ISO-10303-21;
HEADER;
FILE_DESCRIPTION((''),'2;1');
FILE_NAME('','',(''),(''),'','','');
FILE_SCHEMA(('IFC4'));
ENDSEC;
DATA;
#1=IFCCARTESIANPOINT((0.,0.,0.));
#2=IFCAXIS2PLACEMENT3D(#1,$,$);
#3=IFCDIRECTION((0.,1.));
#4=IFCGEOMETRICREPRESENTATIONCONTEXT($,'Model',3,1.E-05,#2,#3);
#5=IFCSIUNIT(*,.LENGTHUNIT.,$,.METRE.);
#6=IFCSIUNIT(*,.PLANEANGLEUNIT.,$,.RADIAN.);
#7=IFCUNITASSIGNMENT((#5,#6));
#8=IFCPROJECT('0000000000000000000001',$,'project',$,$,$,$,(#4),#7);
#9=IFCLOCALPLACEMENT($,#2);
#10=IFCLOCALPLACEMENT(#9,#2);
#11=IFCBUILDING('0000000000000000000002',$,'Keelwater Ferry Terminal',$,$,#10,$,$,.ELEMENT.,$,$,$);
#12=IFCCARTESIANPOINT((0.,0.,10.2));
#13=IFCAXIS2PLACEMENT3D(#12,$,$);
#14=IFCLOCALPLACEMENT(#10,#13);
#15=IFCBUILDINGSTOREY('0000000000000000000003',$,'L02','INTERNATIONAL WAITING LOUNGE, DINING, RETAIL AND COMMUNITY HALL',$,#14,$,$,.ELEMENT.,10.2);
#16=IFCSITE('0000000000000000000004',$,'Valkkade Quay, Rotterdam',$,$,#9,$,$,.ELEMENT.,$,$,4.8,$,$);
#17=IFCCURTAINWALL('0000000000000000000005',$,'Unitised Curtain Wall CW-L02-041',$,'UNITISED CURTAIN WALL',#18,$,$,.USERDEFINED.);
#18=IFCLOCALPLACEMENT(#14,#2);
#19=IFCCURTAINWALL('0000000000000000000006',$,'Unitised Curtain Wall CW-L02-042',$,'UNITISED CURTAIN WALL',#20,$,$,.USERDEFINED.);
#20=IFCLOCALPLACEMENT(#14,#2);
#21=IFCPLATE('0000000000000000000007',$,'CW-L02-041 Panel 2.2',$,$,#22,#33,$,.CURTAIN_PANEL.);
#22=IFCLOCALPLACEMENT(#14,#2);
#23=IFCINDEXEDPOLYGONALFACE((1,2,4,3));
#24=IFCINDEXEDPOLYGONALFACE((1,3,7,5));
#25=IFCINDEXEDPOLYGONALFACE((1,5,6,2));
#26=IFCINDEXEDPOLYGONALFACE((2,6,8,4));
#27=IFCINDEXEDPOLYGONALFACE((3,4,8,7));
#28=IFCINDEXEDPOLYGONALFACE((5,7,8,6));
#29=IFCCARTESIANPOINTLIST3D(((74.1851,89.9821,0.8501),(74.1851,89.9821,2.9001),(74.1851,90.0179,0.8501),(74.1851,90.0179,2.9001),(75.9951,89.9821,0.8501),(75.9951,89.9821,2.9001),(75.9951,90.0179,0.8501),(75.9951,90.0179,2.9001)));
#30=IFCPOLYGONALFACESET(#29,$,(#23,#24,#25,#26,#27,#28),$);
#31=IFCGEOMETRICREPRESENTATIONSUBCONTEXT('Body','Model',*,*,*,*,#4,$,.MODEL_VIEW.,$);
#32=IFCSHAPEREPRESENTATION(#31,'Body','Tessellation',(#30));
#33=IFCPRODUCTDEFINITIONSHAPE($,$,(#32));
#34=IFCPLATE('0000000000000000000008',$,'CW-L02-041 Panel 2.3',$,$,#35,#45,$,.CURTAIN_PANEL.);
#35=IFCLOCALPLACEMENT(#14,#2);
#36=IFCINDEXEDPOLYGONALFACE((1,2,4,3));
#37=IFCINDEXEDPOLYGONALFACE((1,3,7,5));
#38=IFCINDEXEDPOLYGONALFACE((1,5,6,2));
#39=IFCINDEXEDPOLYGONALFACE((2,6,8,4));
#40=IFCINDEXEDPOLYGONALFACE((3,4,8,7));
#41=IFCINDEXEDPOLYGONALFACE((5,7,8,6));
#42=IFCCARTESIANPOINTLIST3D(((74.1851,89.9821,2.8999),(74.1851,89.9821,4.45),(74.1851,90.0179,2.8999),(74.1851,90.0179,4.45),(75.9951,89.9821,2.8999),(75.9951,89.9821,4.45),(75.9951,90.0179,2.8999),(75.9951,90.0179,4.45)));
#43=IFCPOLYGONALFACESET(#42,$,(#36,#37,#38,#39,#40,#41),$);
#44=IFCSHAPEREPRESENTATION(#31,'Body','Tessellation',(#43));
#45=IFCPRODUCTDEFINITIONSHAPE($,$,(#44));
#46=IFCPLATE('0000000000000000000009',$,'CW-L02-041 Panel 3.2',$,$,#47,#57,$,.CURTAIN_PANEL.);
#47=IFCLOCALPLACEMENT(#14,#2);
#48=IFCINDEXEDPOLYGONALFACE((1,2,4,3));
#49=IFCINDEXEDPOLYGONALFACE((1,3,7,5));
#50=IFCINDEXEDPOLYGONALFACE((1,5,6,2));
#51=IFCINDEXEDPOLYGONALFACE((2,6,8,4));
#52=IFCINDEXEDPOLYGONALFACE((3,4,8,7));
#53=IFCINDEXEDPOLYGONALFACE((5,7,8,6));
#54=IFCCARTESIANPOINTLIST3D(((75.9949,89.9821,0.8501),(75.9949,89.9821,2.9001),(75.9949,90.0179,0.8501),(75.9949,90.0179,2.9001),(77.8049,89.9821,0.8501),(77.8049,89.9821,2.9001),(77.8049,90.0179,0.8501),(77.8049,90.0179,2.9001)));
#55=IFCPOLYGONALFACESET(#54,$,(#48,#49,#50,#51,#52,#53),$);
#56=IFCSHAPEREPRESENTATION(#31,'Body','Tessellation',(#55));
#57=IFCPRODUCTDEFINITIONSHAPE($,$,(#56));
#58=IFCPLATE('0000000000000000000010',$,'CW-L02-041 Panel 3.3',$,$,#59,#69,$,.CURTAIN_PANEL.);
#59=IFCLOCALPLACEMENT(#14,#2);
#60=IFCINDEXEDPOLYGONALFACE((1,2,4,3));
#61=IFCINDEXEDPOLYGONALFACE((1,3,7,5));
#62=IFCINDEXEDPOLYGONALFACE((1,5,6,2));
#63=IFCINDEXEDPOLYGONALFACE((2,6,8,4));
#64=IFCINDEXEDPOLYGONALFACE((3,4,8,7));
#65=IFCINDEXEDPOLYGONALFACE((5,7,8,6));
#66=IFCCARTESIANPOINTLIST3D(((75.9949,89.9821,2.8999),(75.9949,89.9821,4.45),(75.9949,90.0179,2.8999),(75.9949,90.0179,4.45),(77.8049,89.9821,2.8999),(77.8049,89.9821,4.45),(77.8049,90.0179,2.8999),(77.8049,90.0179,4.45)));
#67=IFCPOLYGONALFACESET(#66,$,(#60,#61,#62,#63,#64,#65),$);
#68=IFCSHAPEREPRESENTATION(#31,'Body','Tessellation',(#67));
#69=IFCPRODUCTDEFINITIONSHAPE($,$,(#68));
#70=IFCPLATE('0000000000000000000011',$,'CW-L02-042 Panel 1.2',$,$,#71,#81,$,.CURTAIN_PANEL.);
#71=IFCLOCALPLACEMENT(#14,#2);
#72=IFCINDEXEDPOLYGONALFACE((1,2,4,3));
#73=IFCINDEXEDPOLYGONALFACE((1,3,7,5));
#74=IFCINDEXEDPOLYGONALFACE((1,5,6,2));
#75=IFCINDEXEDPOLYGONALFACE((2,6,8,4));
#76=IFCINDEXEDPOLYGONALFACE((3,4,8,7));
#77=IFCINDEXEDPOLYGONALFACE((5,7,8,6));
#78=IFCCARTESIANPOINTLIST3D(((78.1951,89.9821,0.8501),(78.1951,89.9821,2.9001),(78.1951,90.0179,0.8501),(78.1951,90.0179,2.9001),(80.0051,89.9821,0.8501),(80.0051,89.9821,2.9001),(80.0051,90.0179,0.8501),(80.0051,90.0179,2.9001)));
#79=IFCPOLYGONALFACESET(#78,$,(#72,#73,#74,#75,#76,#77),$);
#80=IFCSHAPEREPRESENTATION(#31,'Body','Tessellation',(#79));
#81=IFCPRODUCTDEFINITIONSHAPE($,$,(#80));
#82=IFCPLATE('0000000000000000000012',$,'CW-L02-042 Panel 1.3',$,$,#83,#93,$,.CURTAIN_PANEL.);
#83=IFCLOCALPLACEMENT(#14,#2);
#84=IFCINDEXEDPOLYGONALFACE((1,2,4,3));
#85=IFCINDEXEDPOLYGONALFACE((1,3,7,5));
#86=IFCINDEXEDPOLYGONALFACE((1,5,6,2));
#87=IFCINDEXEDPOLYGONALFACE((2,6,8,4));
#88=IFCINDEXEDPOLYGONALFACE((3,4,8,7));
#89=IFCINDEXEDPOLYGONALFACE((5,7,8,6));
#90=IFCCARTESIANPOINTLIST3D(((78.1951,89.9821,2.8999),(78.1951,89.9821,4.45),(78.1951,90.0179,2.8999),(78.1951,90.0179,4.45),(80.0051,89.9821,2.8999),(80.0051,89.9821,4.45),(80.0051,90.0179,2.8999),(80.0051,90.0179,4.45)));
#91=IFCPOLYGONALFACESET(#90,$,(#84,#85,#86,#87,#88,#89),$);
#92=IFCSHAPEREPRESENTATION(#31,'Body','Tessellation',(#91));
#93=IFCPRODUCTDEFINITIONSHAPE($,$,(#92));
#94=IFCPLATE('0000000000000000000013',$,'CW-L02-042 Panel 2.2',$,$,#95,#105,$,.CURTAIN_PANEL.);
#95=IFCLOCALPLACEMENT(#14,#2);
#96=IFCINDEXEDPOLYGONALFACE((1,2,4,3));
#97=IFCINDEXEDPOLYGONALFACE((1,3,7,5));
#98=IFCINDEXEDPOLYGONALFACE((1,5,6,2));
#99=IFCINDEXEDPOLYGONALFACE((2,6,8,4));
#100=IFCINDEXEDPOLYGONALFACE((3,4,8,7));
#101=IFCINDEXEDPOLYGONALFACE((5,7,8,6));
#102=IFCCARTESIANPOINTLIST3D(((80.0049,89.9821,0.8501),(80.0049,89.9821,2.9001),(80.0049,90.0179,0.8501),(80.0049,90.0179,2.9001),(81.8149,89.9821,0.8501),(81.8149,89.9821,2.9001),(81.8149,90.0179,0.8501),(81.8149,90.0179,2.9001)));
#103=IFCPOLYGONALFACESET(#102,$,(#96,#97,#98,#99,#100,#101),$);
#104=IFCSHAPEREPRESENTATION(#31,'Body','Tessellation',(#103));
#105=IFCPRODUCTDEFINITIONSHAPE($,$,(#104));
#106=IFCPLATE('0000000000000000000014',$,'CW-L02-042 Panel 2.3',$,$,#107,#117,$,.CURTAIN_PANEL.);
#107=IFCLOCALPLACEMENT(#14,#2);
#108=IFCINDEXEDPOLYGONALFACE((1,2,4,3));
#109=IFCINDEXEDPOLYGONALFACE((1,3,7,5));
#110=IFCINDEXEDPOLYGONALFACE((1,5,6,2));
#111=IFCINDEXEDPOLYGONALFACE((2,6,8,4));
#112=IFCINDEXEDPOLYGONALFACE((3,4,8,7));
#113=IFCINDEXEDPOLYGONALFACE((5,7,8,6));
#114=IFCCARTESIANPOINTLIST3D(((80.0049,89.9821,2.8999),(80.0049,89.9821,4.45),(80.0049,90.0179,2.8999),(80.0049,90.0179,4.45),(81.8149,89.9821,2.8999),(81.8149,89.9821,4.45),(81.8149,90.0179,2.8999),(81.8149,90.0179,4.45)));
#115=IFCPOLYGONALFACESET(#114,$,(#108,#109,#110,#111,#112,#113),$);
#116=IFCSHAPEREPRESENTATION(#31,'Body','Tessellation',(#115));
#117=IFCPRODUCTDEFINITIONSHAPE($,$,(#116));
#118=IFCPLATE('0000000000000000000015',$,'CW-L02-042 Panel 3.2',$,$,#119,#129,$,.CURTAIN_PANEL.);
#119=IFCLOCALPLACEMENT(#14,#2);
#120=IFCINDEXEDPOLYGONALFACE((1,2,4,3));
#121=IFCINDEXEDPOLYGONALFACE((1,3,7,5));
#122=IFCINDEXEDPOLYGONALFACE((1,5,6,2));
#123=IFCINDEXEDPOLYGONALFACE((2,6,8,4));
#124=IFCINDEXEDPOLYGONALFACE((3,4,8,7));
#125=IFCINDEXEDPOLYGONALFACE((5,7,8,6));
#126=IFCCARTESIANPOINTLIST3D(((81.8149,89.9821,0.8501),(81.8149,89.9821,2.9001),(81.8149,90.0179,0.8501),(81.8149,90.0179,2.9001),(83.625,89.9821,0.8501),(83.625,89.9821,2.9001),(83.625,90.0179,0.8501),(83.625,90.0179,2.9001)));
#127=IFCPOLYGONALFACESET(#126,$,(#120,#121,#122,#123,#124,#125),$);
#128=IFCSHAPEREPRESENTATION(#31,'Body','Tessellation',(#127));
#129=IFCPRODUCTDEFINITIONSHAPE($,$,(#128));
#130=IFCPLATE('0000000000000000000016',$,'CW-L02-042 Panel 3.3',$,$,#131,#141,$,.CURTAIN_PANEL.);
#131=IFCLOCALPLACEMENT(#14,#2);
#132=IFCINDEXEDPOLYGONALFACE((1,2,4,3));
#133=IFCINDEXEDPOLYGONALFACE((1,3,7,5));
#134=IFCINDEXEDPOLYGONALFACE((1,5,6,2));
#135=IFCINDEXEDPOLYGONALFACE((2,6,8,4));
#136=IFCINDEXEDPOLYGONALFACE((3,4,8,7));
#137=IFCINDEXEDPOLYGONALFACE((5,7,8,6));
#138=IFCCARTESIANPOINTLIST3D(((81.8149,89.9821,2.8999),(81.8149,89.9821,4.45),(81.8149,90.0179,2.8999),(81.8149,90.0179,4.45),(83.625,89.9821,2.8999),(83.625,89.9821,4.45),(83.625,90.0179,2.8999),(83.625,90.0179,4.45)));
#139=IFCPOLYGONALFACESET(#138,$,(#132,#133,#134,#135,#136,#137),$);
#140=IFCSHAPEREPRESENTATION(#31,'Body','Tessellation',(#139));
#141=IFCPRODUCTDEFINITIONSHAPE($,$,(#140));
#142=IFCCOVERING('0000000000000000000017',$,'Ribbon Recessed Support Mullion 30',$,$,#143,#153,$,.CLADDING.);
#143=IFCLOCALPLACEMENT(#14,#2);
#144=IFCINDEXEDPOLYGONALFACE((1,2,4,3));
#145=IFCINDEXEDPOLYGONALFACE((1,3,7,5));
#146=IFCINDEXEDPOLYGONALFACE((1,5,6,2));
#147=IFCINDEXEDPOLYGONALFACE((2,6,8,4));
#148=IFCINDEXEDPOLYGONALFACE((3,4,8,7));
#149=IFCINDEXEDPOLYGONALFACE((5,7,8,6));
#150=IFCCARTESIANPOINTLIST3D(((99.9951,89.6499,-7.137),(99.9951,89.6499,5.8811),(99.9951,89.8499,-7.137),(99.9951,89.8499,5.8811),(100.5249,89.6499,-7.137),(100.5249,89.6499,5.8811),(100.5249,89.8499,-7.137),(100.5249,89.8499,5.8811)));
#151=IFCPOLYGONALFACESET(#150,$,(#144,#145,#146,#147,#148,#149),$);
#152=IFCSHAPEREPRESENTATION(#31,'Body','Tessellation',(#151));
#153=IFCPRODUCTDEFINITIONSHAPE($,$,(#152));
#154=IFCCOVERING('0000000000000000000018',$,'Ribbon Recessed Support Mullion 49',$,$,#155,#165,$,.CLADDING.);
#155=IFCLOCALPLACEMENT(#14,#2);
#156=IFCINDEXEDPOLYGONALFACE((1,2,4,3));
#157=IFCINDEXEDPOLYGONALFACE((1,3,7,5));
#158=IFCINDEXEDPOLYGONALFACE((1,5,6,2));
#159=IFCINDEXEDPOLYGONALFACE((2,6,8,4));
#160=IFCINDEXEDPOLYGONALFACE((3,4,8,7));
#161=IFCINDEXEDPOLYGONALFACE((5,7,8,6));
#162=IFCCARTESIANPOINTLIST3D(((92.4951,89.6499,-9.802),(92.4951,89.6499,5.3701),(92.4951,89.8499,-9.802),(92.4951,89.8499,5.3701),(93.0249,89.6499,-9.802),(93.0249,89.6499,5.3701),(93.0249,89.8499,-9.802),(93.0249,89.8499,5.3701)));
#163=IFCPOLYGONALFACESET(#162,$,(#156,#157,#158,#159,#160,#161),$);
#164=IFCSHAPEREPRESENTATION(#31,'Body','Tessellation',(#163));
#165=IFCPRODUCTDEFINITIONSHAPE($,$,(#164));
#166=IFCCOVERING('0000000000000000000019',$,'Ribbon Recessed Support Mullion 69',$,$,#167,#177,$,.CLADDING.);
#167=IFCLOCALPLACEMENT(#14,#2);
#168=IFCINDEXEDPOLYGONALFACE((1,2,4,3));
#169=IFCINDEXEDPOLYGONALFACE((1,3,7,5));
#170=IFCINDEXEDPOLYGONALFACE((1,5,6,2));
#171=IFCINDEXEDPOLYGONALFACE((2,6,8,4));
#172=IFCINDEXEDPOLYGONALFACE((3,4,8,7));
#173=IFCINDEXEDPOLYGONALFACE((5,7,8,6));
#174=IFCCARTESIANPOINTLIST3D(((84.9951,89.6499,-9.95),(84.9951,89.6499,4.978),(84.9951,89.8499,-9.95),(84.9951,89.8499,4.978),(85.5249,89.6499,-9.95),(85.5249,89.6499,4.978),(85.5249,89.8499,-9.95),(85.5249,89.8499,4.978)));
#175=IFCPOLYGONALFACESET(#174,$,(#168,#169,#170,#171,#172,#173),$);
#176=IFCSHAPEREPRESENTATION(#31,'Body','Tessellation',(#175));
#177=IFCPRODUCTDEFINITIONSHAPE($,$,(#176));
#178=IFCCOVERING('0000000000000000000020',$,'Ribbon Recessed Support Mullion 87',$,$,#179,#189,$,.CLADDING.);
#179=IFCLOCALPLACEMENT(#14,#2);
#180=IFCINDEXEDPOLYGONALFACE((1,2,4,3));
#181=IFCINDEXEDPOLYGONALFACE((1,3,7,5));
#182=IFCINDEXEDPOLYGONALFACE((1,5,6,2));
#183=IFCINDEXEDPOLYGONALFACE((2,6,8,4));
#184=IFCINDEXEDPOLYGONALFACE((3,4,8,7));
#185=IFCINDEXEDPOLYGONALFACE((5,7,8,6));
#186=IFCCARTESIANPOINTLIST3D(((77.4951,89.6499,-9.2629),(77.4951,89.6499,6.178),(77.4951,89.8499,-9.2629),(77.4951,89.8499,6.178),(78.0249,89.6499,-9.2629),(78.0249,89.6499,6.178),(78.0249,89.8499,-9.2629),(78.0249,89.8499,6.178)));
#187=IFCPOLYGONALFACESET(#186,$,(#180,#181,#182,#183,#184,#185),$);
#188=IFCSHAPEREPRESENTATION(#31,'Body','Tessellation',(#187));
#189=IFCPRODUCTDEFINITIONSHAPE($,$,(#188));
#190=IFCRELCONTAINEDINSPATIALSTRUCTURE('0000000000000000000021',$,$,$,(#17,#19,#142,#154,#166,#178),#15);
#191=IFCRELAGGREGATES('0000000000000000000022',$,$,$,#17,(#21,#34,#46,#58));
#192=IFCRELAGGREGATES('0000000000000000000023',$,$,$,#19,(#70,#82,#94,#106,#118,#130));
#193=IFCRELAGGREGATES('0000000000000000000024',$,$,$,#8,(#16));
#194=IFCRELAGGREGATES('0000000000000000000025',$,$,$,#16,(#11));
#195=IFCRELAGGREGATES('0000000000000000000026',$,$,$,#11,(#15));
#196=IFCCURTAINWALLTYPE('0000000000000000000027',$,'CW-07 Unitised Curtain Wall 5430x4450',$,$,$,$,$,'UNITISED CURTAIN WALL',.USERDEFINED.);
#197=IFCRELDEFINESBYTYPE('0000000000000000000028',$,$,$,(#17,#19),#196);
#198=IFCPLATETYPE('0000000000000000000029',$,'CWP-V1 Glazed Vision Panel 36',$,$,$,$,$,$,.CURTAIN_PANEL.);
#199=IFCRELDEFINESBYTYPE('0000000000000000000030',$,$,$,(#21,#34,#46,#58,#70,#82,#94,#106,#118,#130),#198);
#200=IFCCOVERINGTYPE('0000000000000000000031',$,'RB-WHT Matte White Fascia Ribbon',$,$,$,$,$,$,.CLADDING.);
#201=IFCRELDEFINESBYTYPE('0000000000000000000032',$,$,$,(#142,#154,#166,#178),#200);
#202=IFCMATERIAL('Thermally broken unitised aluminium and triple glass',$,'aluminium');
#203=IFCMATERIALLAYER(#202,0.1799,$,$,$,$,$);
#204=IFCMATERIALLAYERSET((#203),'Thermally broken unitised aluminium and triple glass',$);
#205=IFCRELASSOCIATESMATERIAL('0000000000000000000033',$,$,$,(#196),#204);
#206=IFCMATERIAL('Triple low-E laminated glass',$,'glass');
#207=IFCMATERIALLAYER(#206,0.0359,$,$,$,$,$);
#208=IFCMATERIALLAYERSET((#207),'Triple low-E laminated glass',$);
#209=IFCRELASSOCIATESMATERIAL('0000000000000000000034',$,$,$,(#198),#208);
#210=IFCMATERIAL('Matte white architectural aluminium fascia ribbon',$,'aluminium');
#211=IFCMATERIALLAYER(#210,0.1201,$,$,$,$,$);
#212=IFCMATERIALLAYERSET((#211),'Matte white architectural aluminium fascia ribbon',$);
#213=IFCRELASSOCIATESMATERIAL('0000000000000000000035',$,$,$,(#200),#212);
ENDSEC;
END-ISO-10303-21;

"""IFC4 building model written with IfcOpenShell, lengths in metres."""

from ifc_helpers import new_model, si_unit, direction, frame, origin, origin_2d, place, context, subcontext, project, spatial, polyline, rectangle, outline, extrude, material, layer, layer_set, type_object, element, aggregate, save


model = new_model("IFC4")

# Units and contexts
model_context = context("Model", 3, precision=1e-05, world=origin(), true_north=direction((0.0, 1.0)))
body_context = subcontext(model_context, "Body", "Model", "MODEL_VIEW")
ifc_project = project(units=[si_unit("LENGTHUNIT", "METRE"), si_unit("PLANEANGLEUNIT", "RADIAN")], contexts=[model_context])

# Site, building, storey
site_placement = place(None, origin())
site = spatial("IfcSite", under=ifc_project, at=site_placement, Name="Valkkade Quay, Rotterdam", CompositionType="ELEMENT", RefElevation=4.8)
building_placement = place(site_placement, origin())
building = spatial("IfcBuilding", under=site, at=building_placement, Name="Keelwater Ferry Terminal", CompositionType="ELEMENT")
storey_placement = place(building_placement, frame((0.0, 0.0, 10.2)))
storey = spatial("IfcBuildingStorey", under=building, at=storey_placement, Name="L02", Description="INTERNATIONAL WAITING LOUNGE, DINING, RETAIL AND COMMUNITY HALL", CompositionType="ELEMENT", Elevation=10.2)

# Curtain walls
ifc_material_1 = material(Name="Thermally broken unitised aluminium and triple glass", Category="aluminium")
ifc_layer_1 = layer(ifc_material_1, 0.1799)
ifc_layer_set_1 = layer_set([ifc_layer_1], Name="Thermally broken unitised aluminium and triple glass")
curtain_wall_type = type_object("IfcCurtainWallType", Name="CW-07 Unitised Curtain Wall 5430x4450", ElementType="UNITISED CURTAIN WALL", PredefinedType="USERDEFINED", material=ifc_layer_set_1)
curtain_wall_1_placement = place(storey_placement, origin())
curtain_wall_1 = element("IfcCurtainWall", 1, at=curtain_wall_1_placement, inside=storey, type_object=curtain_wall_type, Name="Unitised Curtain Wall CW-L02-041", ObjectType="UNITISED CURTAIN WALL", PredefinedType="USERDEFINED")
curtain_wall_2_placement = place(storey_placement, origin())
curtain_wall_2 = element("IfcCurtainWall", 2, at=curtain_wall_2_placement, inside=storey, type_object=curtain_wall_type, Name="Unitised Curtain Wall CW-L02-042", ObjectType="UNITISED CURTAIN WALL", PredefinedType="USERDEFINED")

# Plates
ifc_material_2 = material(Name="Triple low-E laminated glass", Category="glass")
ifc_layer_2 = layer(ifc_material_2, 0.0359)
ifc_layer_set_2 = layer_set([ifc_layer_2], Name="Triple low-E laminated glass")
plate_type_1 = type_object("IfcPlateType", Name="CWP-V1 Glazed Vision Panel 36", PredefinedType="CURTAIN_PANEL", material=ifc_layer_set_2)
plate_1_placement = place(storey_placement, frame((75.0901, 90.0, 0.8501), z_axis=(0.0, 0.0, 1.0), x_axis=(1.0, 0.0, 0.0)))
plate_1 = element("IfcPlate", 3, at=plate_1_placement, type_object=plate_type_1, Name="CW-L02-041 Panel 2.2", PredefinedType="CURTAIN_PANEL", context=body_context, shape_type="SweptSolid", body=[
    extrude(rectangle(XDim=1.8101, YDim=0.0359, at=origin_2d()), origin(), (0.0, 0.0, 1.0), 2.05),
])
plate_2_placement = place(storey_placement, frame((75.0901, 90.0, 2.8999), z_axis=(0.0, 0.0, 1.0), x_axis=(1.0, 0.0, 0.0)))
plate_2 = element("IfcPlate", 4, at=plate_2_placement, type_object=plate_type_1, Name="CW-L02-041 Panel 2.3", PredefinedType="CURTAIN_PANEL", context=body_context, shape_type="SweptSolid", body=[
    extrude(rectangle(XDim=1.8101, YDim=0.0359, at=origin_2d()), origin(), (0.0, 0.0, 1.0), 1.55),
])
plate_3_placement = place(storey_placement, frame((76.8999, 90.0, 0.8501), z_axis=(0.0, 0.0, 1.0), x_axis=(1.0, 0.0, 0.0)))
plate_3 = element("IfcPlate", 5, at=plate_3_placement, type_object=plate_type_1, Name="CW-L02-041 Panel 3.2", PredefinedType="CURTAIN_PANEL", context=body_context, shape_type="SweptSolid", body=[
    extrude(rectangle(XDim=1.8101, YDim=0.0359, at=origin_2d()), origin(), (0.0, 0.0, 1.0), 2.05),
])
plate_4_placement = place(storey_placement, frame((76.8999, 90.0, 2.8999), z_axis=(0.0, 0.0, 1.0), x_axis=(1.0, 0.0, 0.0)))
plate_4 = element("IfcPlate", 6, at=plate_4_placement, type_object=plate_type_1, Name="CW-L02-041 Panel 3.3", PredefinedType="CURTAIN_PANEL", context=body_context, shape_type="SweptSolid", body=[
    extrude(rectangle(XDim=1.8101, YDim=0.0359, at=origin_2d()), origin(), (0.0, 0.0, 1.0), 1.55),
])
aggregate(curtain_wall_1, [plate_1, plate_2, plate_3, plate_4])
plate_5_placement = place(storey_placement, frame((79.1001, 90.0, 0.8501), z_axis=(0.0, 0.0, 1.0), x_axis=(1.0, 0.0, 0.0)))
plate_5 = element("IfcPlate", 7, at=plate_5_placement, type_object=plate_type_1, Name="CW-L02-042 Panel 1.2", PredefinedType="CURTAIN_PANEL", context=body_context, shape_type="SweptSolid", body=[
    extrude(rectangle(XDim=1.8101, YDim=0.0359, at=origin_2d()), origin(), (0.0, 0.0, 1.0), 2.05),
])
plate_6_placement = place(storey_placement, frame((79.1001, 90.0, 2.8999), z_axis=(0.0, 0.0, 1.0), x_axis=(1.0, 0.0, 0.0)))
plate_6 = element("IfcPlate", 8, at=plate_6_placement, type_object=plate_type_1, Name="CW-L02-042 Panel 1.3", PredefinedType="CURTAIN_PANEL", context=body_context, shape_type="SweptSolid", body=[
    extrude(rectangle(XDim=1.8101, YDim=0.0359, at=origin_2d()), origin(), (0.0, 0.0, 1.0), 1.55),
])
plate_7_placement = place(storey_placement, frame((80.9099, 90.0, 0.8501), z_axis=(0.0, 0.0, 1.0), x_axis=(1.0, 0.0, 0.0)))
plate_7 = element("IfcPlate", 9, at=plate_7_placement, type_object=plate_type_1, Name="CW-L02-042 Panel 2.2", PredefinedType="CURTAIN_PANEL", context=body_context, shape_type="SweptSolid", body=[
    extrude(rectangle(XDim=1.8101, YDim=0.0359, at=origin_2d()), origin(), (0.0, 0.0, 1.0), 2.05),
])
plate_8_placement = place(storey_placement, frame((80.9099, 90.0, 2.8999), z_axis=(0.0, 0.0, 1.0), x_axis=(1.0, 0.0, 0.0)))
plate_8 = element("IfcPlate", 10, at=plate_8_placement, type_object=plate_type_1, Name="CW-L02-042 Panel 2.3", PredefinedType="CURTAIN_PANEL", context=body_context, shape_type="SweptSolid", body=[
    extrude(rectangle(XDim=1.8101, YDim=0.0359, at=origin_2d()), origin(), (0.0, 0.0, 1.0), 1.55),
])
plate_9_placement = place(storey_placement, frame((82.72, 90.0, 0.8501), z_axis=(0.0, 0.0, 1.0), x_axis=(1.0, 0.0, 0.0)))
plate_9 = element("IfcPlate", 11, at=plate_9_placement, type_object=plate_type_1, Name="CW-L02-042 Panel 3.2", PredefinedType="CURTAIN_PANEL", context=body_context, shape_type="SweptSolid", body=[
    extrude(rectangle(XDim=1.8101, YDim=0.0359, at=origin_2d()), origin(), (0.0, 0.0, 1.0), 2.05),
])
plate_10_placement = place(storey_placement, frame((82.72, 90.0, 2.8999), z_axis=(0.0, 0.0, 1.0), x_axis=(1.0, 0.0, 0.0)))
plate_10 = element("IfcPlate", 12, at=plate_10_placement, type_object=plate_type_1, Name="CW-L02-042 Panel 3.3", PredefinedType="CURTAIN_PANEL", context=body_context, shape_type="SweptSolid", body=[
    extrude(rectangle(XDim=1.8101, YDim=0.0359, at=origin_2d()), origin(), (0.0, 0.0, 1.0), 1.55),
])
aggregate(curtain_wall_2, [plate_5, plate_6, plate_7, plate_8, plate_9, plate_10])

# Coverings
ifc_material_3 = material(Name="Matte white architectural aluminium fascia ribbon", Category="aluminium")
ifc_layer_3 = layer(ifc_material_3, 0.1201)
ifc_layer_set_3 = layer_set([ifc_layer_3], Name="Matte white architectural aluminium fascia ribbon")
covering_type = type_object("IfcCoveringType", Name="RB-WHT Matte White Fascia Ribbon", PredefinedType="CLADDING", material=ifc_layer_set_3)
covering_1_placement = place(storey_placement, frame((100.5249, 89.75, -7.137), z_axis=(0.0, 0.0, 1.0), x_axis=(-1.0, 0.0, 0.0)))
element("IfcCovering", 13, at=covering_1_placement, inside=storey, type_object=covering_type, Name="Ribbon Recessed Support Mullion 30", PredefinedType="CLADDING", context=body_context, shape_type="SweptSolid", body=[
    extrude(outline(polyline([(0.0, 0.0), (0.5298, 0.0), (0.5298, 13.0181), (0.0, 13.0181), (0.0, 0.0)])), frame((0.0, 0.1001, 0.0), z_axis=(0.0, -1.0, 0.0), x_axis=(1.0, 0.0, 0.0)), (0.0, 0.0, 1.0), 0.2),
])
covering_2_placement = place(storey_placement, frame((93.0249, 89.75, -9.802), z_axis=(0.0, 0.0, 1.0), x_axis=(-1.0, 0.0, 0.0)))
element("IfcCovering", 14, at=covering_2_placement, inside=storey, type_object=covering_type, Name="Ribbon Recessed Support Mullion 49", PredefinedType="CLADDING", context=body_context, shape_type="SweptSolid", body=[
    extrude(outline(polyline([(0.0, 0.0), (0.5298, 0.0), (0.5298, 15.1721), (0.0, 15.1721), (0.0, 0.0)])), frame((0.0, 0.1001, 0.0), z_axis=(0.0, -1.0, 0.0), x_axis=(1.0, 0.0, 0.0)), (0.0, 0.0, 1.0), 0.2),
])
covering_3_placement = place(storey_placement, frame((85.5249, 89.75, -9.95), z_axis=(0.0, 0.0, 1.0), x_axis=(-1.0, 0.0, 0.0)))
element("IfcCovering", 15, at=covering_3_placement, inside=storey, type_object=covering_type, Name="Ribbon Recessed Support Mullion 69", PredefinedType="CLADDING", context=body_context, shape_type="SweptSolid", body=[
    extrude(outline(polyline([(0.0, 0.0), (0.5298, 0.0), (0.5298, 14.928), (0.0, 14.928), (0.0, 0.0)])), frame((0.0, 0.1001, 0.0), z_axis=(0.0, -1.0, 0.0), x_axis=(1.0, 0.0, 0.0)), (0.0, 0.0, 1.0), 0.2),
])
covering_4_placement = place(storey_placement, frame((78.0249, 89.75, -9.2629), z_axis=(0.0, 0.0, 1.0), x_axis=(-1.0, 0.0, 0.0)))
element("IfcCovering", 16, at=covering_4_placement, inside=storey, type_object=covering_type, Name="Ribbon Recessed Support Mullion 87", PredefinedType="CLADDING", context=body_context, shape_type="SweptSolid", body=[
    extrude(outline(polyline([(0.0, 0.0), (0.5298, 0.0), (0.5298, 15.4409), (0.0, 15.4409), (0.0, 0.0)])), frame((0.0, 0.1001, 0.0), z_axis=(0.0, -1.0, 0.0), x_axis=(1.0, 0.0, 0.0)), (0.0, 0.0, 1.0), 0.2),
])

save(model, "model.ifc")
